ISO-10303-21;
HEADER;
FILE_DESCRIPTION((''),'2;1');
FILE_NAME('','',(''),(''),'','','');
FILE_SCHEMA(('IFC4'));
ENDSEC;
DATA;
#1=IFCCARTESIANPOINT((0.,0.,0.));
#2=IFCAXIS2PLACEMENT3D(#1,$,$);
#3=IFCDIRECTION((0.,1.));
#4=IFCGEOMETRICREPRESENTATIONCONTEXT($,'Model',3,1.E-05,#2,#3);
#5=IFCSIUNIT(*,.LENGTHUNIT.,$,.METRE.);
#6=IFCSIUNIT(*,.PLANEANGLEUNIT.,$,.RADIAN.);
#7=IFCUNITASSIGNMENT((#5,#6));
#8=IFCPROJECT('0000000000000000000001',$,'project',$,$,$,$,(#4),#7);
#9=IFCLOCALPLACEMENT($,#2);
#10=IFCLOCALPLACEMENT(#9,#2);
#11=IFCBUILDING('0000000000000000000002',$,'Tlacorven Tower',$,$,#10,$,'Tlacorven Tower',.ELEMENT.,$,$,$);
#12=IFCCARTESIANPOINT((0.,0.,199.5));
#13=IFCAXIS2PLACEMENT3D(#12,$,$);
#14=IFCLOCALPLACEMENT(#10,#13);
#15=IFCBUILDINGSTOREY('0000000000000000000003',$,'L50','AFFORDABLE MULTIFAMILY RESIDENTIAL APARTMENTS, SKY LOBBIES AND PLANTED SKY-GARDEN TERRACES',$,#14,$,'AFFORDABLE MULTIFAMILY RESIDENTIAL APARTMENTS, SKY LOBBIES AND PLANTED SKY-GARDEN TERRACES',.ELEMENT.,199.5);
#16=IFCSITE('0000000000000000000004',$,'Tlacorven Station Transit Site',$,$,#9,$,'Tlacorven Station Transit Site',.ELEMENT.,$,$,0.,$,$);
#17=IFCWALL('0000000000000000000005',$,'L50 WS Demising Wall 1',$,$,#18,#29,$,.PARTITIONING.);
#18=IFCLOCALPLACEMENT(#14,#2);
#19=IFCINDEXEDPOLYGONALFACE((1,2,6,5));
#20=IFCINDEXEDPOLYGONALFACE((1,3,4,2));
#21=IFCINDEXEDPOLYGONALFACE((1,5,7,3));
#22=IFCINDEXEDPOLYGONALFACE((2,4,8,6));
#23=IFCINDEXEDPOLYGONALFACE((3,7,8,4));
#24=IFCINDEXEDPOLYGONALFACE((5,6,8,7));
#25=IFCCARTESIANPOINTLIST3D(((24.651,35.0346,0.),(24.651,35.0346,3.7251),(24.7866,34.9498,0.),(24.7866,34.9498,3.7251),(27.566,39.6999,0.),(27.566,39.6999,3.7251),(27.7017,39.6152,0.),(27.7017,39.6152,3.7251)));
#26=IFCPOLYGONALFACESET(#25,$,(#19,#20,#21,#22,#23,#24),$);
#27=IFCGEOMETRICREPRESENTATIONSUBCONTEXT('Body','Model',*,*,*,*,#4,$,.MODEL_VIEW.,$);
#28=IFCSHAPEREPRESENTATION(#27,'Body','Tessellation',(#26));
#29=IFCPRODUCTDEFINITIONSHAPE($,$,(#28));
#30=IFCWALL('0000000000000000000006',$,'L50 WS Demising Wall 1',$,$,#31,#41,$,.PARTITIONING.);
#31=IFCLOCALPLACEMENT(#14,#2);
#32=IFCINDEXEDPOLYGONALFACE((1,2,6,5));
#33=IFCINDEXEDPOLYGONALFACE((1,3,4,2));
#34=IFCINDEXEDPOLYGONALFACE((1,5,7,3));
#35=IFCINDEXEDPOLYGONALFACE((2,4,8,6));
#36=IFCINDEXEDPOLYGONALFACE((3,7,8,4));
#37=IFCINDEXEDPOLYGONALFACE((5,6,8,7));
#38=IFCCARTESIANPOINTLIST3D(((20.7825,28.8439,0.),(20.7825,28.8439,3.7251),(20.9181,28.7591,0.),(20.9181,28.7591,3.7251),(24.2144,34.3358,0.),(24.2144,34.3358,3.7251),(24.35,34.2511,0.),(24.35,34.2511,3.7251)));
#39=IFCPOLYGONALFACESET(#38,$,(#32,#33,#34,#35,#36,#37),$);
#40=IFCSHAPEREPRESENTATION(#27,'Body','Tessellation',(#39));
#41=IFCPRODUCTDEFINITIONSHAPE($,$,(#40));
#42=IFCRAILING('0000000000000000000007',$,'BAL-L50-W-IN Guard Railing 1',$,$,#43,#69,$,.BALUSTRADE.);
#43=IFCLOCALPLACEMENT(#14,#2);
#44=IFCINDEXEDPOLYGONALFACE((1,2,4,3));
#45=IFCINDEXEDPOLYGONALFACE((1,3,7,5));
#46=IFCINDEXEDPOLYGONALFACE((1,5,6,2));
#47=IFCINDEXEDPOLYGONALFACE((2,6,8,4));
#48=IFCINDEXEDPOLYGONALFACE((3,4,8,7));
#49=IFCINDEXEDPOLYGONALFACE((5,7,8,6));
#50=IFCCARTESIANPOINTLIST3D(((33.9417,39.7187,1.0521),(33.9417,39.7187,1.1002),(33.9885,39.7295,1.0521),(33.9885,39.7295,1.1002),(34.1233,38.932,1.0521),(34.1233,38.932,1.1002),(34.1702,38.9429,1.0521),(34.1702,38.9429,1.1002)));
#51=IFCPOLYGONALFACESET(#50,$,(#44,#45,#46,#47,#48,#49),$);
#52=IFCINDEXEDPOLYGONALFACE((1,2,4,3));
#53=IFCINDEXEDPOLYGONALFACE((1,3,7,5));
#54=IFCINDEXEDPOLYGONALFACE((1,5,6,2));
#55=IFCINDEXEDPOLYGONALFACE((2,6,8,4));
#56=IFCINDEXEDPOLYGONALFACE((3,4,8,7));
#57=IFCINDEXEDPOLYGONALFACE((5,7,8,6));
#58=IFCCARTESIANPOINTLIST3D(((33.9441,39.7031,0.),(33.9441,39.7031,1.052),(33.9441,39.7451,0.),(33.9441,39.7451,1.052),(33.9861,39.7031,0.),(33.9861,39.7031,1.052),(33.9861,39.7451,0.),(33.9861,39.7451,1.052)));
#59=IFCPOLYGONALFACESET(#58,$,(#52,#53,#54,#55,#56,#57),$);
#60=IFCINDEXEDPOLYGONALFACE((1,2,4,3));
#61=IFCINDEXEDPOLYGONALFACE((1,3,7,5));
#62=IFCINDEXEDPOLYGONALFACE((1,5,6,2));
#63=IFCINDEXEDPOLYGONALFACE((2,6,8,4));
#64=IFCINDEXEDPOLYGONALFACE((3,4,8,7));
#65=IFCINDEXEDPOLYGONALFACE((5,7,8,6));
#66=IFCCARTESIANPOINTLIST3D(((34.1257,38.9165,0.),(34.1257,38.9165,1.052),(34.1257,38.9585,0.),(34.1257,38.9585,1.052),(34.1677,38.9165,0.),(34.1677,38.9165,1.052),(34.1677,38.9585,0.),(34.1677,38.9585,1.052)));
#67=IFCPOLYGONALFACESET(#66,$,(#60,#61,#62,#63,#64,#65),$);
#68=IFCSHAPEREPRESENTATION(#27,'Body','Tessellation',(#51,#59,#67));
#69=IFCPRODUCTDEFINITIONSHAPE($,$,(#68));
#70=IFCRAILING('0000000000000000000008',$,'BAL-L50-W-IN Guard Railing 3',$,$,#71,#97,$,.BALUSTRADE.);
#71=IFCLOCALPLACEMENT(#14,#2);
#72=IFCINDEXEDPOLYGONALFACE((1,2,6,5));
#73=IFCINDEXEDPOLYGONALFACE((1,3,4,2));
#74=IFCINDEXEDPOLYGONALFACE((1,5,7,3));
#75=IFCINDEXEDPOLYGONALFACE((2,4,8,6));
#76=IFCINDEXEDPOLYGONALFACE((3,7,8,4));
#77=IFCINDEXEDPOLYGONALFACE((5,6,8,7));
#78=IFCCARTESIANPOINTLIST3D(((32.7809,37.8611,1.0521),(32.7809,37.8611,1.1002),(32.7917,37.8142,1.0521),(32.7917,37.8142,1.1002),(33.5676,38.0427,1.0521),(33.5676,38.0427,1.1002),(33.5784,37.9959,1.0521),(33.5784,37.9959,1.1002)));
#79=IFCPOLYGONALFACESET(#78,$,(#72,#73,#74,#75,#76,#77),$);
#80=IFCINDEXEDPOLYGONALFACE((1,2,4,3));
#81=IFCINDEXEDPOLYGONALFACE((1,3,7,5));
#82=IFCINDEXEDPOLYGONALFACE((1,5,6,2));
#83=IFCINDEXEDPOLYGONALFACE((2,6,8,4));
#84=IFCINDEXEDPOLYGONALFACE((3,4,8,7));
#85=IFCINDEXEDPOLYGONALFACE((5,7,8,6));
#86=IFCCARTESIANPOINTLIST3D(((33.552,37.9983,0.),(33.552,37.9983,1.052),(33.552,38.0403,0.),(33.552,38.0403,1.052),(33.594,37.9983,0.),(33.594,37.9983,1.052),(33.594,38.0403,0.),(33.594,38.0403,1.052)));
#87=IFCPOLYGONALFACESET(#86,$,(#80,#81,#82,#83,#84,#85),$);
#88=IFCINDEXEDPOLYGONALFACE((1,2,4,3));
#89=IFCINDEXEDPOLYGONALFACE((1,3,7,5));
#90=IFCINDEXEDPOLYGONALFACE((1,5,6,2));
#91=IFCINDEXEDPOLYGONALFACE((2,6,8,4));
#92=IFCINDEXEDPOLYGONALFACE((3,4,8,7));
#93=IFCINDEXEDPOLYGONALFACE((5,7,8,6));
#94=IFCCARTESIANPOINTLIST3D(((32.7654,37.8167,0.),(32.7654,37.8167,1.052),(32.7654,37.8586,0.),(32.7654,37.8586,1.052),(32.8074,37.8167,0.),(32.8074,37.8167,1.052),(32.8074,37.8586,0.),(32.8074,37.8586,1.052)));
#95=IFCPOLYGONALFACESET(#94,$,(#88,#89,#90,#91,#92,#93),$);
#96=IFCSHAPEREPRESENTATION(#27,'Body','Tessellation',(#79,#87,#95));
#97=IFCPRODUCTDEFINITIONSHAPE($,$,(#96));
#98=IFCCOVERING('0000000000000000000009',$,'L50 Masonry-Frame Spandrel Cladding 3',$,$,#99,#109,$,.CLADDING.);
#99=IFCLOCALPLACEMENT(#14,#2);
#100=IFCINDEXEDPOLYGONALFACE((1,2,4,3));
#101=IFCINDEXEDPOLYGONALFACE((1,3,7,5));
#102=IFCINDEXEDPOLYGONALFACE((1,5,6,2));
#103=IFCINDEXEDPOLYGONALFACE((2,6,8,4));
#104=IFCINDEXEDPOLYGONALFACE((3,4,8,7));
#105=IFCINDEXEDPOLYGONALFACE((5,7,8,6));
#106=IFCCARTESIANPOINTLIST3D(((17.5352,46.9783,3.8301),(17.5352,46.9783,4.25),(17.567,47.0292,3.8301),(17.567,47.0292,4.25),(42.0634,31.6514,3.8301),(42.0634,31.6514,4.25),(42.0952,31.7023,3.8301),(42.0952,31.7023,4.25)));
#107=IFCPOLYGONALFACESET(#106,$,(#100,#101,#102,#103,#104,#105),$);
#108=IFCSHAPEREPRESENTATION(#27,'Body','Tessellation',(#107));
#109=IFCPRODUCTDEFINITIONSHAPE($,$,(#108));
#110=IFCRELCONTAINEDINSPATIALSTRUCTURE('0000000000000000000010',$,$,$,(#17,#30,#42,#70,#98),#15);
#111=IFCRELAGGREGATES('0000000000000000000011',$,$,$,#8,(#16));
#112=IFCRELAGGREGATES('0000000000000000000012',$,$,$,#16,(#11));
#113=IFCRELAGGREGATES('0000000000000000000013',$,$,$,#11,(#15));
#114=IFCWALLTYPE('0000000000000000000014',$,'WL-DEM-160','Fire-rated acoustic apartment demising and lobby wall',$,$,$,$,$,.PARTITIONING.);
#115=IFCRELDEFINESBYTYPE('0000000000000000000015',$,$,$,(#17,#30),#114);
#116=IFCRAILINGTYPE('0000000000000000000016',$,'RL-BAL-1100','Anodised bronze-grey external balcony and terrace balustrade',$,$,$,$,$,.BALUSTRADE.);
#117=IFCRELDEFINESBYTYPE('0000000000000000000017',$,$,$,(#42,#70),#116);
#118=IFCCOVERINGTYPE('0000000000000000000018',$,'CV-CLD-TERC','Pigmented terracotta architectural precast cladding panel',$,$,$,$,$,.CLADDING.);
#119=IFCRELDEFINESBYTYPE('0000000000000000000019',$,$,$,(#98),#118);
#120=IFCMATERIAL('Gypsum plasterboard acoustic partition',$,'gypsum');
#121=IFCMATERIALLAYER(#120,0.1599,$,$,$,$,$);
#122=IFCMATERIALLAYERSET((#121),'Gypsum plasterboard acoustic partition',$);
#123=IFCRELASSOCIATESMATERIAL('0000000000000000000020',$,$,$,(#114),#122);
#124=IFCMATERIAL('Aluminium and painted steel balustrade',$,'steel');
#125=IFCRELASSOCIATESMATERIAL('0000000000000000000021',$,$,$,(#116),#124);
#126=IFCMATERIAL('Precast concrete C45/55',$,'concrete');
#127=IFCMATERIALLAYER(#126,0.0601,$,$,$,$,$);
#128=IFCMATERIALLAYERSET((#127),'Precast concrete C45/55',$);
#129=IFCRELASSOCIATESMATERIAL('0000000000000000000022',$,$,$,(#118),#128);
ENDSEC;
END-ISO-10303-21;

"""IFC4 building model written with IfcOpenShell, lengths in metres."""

from ifc_helpers import new_model, si_unit, direction, frame, frame_2d, origin, origin_2d, place, context, subcontext, project, spatial, rectangle, extrude, source, transform, mapped, material, layer, layer_set, type_object, element, save


model = new_model("IFC4")

# Units and contexts
model_context = context("Model", 3, precision=1e-05, world=origin(), true_north=direction((0.0, 1.0)))
body_context = subcontext(model_context, "Body", "Model", "MODEL_VIEW")
ifc_project = project(units=[si_unit("LENGTHUNIT", "METRE"), si_unit("PLANEANGLEUNIT", "RADIAN")], contexts=[model_context])

# Site, building, storey
site_placement = place(None, origin())
site = spatial("IfcSite", under=ifc_project, at=site_placement, Name="Tlacorven Station Transit Site", LongName="Tlacorven Station Transit Site", CompositionType="ELEMENT", RefElevation=0.0)
building_placement = place(site_placement, origin())
building = spatial("IfcBuilding", under=site, at=building_placement, Name="Tlacorven Tower", LongName="Tlacorven Tower", CompositionType="ELEMENT")
storey_placement = place(building_placement, frame((0.0, 0.0, 199.5)))
storey = spatial("IfcBuildingStorey", under=building, at=storey_placement, Name="L50", Description="AFFORDABLE MULTIFAMILY RESIDENTIAL APARTMENTS, SKY LOBBIES AND PLANTED SKY-GARDEN TERRACES", LongName="AFFORDABLE MULTIFAMILY RESIDENTIAL APARTMENTS, SKY LOBBIES AND PLANTED SKY-GARDEN TERRACES", CompositionType="ELEMENT", Elevation=199.5)

# Walls
ifc_material_1 = material(Name="Gypsum plasterboard acoustic partition", Category="gypsum")
ifc_layer_1 = layer(ifc_material_1, 0.1599)
ifc_layer_set_1 = layer_set([ifc_layer_1], Name="Gypsum plasterboard acoustic partition")
wall_type = type_object("IfcWallType", Name="WL-DEM-160", Description="Fire-rated acoustic apartment demising and lobby wall", PredefinedType="PARTITIONING", material=ifc_layer_set_1)
wall_1_placement = place(storey_placement, frame((27.6338, 39.6575, 0.0), z_axis=(0.0, 0.0, 1.0), x_axis=(-0.529899, -0.848061, 0.0)))
element("IfcWall", 1, at=wall_1_placement, inside=storey, type_object=wall_type, Name="L50 WS Demising Wall 1", PredefinedType="PARTITIONING", context=body_context, shape_type="SweptSolid", body=[
    extrude(rectangle(XDim=5.5012, YDim=0.1599, at=frame_2d((2.7505, 0.0))), origin(), (0.0, 0.0, 1.0), 3.7251),
])
wall_2_placement = place(storey_placement, frame((24.2822, 34.2935, 0.0), z_axis=(0.0, 0.0, 1.0), x_axis=(-0.529935, -0.848039, 0.0)))
element("IfcWall", 2, at=wall_2_placement, inside=storey, type_object=wall_type, Name="L50 WS Demising Wall 1", PredefinedType="PARTITIONING", context=body_context, shape_type="SweptSolid", body=[
    extrude(rectangle(XDim=6.4761, YDim=0.1599, at=frame_2d((3.238, 0.0))), origin(), (0.0, 0.0, 1.0), 3.7251),
])

# Railings
ifc_material_2 = material(Name="Aluminium and painted steel balustrade", Category="steel")
railing_type = type_object("IfcRailingType", Name="RL-BAL-1100", Description="Anodised bronze-grey external balcony and terrace balustrade", PredefinedType="BALUSTRADE", material=ifc_material_2)
shared_shape_1 = source(origin(), body_context, "Body", "SweptSolid", [
    extrude(rectangle(XDim=0.0481, YDim=0.0481, at=origin_2d()), frame((0.0, 0.0, 1.0762), z_axis=(0.224992, -0.974361, 0.0), x_axis=(0.974361, 0.224992, 0.0)), (0.0, 0.0, 1.0), 0.8074),
    extrude(rectangle(XDim=0.042, YDim=0.042, at=origin_2d()), origin(), (0.0, 0.0, 1.0), 1.052),
    extrude(rectangle(XDim=0.042, YDim=0.042, at=origin_2d()), frame((0.1816, -0.7866, 0.0)), (0.0, 0.0, 1.0), 1.052),
])
railing_1_placement = place(storey_placement, frame((33.9651, 39.7241, 0.0)))
element("IfcRailing", 3, at=railing_1_placement, inside=storey, type_object=railing_type, Name="BAL-L50-W-IN Guard Railing 1", PredefinedType="BALUSTRADE", context=body_context, shape_type="MappedRepresentation", body=[
    mapped(shared_shape_1, transform((0.0, 0.0, 0.0), scale=1.0)),
])
shared_shape_2 = source(origin(), body_context, "Body", "SweptSolid", [
    extrude(rectangle(XDim=0.0481, YDim=0.0481, at=origin_2d()), frame((0.0, 0.0, 1.0762), z_axis=(-0.974361, -0.224992, 0.0), x_axis=(0.224992, -0.974361, 0.0)), (0.0, 0.0, 1.0), 0.8074),
    extrude(rectangle(XDim=0.042, YDim=0.042, at=origin_2d()), origin(), (0.0, 0.0, 1.0), 1.052),
    extrude(rectangle(XDim=0.042, YDim=0.042, at=origin_2d()), frame((-0.7866, -0.1816, 0.0)), (0.0, 0.0, 1.0), 1.052),
])
railing_2_placement = place(storey_placement, frame((33.573, 38.0193, 0.0)))
element("IfcRailing", 4, at=railing_2_placement, inside=storey, type_object=railing_type, Name="BAL-L50-W-IN Guard Railing 3", PredefinedType="BALUSTRADE", context=body_context, shape_type="MappedRepresentation", body=[
    mapped(shared_shape_2, transform((0.0, 0.0, 0.0), scale=1.0)),
])

# Covering
ifc_material_3 = material(Name="Precast concrete C45/55", Category="concrete")
ifc_layer_2 = layer(ifc_material_3, 0.0601)
ifc_layer_set_2 = layer_set([ifc_layer_2], Name="Precast concrete C45/55")
covering_type = type_object("IfcCoveringType", Name="CV-CLD-TERC", Description="Pigmented terracotta architectural precast cladding panel", PredefinedType="CLADDING", material=ifc_layer_set_2)
shared_shape_3 = source(origin(), body_context, "Body", "SweptSolid", [
    extrude(rectangle(XDim=28.9231, YDim=0.0601, at=origin_2d()), origin(), (0.0, 0.0, 1.0), 0.4199),
])
covering_placement = place(storey_placement, frame((29.8152, 39.3403, 3.8301), z_axis=(0.0, 0.0, 1.0), x_axis=(0.848048, -0.529919, 0.0)))
element("IfcCovering", 5, at=covering_placement, inside=storey, type_object=covering_type, Name="L50 Masonry-Frame Spandrel Cladding 3", PredefinedType="CLADDING", context=body_context, shape_type="MappedRepresentation", body=[
    mapped(shared_shape_3, transform((0.0, 0.0, 0.0), scale=1.0)),
])

save(model, "model.ifc")
